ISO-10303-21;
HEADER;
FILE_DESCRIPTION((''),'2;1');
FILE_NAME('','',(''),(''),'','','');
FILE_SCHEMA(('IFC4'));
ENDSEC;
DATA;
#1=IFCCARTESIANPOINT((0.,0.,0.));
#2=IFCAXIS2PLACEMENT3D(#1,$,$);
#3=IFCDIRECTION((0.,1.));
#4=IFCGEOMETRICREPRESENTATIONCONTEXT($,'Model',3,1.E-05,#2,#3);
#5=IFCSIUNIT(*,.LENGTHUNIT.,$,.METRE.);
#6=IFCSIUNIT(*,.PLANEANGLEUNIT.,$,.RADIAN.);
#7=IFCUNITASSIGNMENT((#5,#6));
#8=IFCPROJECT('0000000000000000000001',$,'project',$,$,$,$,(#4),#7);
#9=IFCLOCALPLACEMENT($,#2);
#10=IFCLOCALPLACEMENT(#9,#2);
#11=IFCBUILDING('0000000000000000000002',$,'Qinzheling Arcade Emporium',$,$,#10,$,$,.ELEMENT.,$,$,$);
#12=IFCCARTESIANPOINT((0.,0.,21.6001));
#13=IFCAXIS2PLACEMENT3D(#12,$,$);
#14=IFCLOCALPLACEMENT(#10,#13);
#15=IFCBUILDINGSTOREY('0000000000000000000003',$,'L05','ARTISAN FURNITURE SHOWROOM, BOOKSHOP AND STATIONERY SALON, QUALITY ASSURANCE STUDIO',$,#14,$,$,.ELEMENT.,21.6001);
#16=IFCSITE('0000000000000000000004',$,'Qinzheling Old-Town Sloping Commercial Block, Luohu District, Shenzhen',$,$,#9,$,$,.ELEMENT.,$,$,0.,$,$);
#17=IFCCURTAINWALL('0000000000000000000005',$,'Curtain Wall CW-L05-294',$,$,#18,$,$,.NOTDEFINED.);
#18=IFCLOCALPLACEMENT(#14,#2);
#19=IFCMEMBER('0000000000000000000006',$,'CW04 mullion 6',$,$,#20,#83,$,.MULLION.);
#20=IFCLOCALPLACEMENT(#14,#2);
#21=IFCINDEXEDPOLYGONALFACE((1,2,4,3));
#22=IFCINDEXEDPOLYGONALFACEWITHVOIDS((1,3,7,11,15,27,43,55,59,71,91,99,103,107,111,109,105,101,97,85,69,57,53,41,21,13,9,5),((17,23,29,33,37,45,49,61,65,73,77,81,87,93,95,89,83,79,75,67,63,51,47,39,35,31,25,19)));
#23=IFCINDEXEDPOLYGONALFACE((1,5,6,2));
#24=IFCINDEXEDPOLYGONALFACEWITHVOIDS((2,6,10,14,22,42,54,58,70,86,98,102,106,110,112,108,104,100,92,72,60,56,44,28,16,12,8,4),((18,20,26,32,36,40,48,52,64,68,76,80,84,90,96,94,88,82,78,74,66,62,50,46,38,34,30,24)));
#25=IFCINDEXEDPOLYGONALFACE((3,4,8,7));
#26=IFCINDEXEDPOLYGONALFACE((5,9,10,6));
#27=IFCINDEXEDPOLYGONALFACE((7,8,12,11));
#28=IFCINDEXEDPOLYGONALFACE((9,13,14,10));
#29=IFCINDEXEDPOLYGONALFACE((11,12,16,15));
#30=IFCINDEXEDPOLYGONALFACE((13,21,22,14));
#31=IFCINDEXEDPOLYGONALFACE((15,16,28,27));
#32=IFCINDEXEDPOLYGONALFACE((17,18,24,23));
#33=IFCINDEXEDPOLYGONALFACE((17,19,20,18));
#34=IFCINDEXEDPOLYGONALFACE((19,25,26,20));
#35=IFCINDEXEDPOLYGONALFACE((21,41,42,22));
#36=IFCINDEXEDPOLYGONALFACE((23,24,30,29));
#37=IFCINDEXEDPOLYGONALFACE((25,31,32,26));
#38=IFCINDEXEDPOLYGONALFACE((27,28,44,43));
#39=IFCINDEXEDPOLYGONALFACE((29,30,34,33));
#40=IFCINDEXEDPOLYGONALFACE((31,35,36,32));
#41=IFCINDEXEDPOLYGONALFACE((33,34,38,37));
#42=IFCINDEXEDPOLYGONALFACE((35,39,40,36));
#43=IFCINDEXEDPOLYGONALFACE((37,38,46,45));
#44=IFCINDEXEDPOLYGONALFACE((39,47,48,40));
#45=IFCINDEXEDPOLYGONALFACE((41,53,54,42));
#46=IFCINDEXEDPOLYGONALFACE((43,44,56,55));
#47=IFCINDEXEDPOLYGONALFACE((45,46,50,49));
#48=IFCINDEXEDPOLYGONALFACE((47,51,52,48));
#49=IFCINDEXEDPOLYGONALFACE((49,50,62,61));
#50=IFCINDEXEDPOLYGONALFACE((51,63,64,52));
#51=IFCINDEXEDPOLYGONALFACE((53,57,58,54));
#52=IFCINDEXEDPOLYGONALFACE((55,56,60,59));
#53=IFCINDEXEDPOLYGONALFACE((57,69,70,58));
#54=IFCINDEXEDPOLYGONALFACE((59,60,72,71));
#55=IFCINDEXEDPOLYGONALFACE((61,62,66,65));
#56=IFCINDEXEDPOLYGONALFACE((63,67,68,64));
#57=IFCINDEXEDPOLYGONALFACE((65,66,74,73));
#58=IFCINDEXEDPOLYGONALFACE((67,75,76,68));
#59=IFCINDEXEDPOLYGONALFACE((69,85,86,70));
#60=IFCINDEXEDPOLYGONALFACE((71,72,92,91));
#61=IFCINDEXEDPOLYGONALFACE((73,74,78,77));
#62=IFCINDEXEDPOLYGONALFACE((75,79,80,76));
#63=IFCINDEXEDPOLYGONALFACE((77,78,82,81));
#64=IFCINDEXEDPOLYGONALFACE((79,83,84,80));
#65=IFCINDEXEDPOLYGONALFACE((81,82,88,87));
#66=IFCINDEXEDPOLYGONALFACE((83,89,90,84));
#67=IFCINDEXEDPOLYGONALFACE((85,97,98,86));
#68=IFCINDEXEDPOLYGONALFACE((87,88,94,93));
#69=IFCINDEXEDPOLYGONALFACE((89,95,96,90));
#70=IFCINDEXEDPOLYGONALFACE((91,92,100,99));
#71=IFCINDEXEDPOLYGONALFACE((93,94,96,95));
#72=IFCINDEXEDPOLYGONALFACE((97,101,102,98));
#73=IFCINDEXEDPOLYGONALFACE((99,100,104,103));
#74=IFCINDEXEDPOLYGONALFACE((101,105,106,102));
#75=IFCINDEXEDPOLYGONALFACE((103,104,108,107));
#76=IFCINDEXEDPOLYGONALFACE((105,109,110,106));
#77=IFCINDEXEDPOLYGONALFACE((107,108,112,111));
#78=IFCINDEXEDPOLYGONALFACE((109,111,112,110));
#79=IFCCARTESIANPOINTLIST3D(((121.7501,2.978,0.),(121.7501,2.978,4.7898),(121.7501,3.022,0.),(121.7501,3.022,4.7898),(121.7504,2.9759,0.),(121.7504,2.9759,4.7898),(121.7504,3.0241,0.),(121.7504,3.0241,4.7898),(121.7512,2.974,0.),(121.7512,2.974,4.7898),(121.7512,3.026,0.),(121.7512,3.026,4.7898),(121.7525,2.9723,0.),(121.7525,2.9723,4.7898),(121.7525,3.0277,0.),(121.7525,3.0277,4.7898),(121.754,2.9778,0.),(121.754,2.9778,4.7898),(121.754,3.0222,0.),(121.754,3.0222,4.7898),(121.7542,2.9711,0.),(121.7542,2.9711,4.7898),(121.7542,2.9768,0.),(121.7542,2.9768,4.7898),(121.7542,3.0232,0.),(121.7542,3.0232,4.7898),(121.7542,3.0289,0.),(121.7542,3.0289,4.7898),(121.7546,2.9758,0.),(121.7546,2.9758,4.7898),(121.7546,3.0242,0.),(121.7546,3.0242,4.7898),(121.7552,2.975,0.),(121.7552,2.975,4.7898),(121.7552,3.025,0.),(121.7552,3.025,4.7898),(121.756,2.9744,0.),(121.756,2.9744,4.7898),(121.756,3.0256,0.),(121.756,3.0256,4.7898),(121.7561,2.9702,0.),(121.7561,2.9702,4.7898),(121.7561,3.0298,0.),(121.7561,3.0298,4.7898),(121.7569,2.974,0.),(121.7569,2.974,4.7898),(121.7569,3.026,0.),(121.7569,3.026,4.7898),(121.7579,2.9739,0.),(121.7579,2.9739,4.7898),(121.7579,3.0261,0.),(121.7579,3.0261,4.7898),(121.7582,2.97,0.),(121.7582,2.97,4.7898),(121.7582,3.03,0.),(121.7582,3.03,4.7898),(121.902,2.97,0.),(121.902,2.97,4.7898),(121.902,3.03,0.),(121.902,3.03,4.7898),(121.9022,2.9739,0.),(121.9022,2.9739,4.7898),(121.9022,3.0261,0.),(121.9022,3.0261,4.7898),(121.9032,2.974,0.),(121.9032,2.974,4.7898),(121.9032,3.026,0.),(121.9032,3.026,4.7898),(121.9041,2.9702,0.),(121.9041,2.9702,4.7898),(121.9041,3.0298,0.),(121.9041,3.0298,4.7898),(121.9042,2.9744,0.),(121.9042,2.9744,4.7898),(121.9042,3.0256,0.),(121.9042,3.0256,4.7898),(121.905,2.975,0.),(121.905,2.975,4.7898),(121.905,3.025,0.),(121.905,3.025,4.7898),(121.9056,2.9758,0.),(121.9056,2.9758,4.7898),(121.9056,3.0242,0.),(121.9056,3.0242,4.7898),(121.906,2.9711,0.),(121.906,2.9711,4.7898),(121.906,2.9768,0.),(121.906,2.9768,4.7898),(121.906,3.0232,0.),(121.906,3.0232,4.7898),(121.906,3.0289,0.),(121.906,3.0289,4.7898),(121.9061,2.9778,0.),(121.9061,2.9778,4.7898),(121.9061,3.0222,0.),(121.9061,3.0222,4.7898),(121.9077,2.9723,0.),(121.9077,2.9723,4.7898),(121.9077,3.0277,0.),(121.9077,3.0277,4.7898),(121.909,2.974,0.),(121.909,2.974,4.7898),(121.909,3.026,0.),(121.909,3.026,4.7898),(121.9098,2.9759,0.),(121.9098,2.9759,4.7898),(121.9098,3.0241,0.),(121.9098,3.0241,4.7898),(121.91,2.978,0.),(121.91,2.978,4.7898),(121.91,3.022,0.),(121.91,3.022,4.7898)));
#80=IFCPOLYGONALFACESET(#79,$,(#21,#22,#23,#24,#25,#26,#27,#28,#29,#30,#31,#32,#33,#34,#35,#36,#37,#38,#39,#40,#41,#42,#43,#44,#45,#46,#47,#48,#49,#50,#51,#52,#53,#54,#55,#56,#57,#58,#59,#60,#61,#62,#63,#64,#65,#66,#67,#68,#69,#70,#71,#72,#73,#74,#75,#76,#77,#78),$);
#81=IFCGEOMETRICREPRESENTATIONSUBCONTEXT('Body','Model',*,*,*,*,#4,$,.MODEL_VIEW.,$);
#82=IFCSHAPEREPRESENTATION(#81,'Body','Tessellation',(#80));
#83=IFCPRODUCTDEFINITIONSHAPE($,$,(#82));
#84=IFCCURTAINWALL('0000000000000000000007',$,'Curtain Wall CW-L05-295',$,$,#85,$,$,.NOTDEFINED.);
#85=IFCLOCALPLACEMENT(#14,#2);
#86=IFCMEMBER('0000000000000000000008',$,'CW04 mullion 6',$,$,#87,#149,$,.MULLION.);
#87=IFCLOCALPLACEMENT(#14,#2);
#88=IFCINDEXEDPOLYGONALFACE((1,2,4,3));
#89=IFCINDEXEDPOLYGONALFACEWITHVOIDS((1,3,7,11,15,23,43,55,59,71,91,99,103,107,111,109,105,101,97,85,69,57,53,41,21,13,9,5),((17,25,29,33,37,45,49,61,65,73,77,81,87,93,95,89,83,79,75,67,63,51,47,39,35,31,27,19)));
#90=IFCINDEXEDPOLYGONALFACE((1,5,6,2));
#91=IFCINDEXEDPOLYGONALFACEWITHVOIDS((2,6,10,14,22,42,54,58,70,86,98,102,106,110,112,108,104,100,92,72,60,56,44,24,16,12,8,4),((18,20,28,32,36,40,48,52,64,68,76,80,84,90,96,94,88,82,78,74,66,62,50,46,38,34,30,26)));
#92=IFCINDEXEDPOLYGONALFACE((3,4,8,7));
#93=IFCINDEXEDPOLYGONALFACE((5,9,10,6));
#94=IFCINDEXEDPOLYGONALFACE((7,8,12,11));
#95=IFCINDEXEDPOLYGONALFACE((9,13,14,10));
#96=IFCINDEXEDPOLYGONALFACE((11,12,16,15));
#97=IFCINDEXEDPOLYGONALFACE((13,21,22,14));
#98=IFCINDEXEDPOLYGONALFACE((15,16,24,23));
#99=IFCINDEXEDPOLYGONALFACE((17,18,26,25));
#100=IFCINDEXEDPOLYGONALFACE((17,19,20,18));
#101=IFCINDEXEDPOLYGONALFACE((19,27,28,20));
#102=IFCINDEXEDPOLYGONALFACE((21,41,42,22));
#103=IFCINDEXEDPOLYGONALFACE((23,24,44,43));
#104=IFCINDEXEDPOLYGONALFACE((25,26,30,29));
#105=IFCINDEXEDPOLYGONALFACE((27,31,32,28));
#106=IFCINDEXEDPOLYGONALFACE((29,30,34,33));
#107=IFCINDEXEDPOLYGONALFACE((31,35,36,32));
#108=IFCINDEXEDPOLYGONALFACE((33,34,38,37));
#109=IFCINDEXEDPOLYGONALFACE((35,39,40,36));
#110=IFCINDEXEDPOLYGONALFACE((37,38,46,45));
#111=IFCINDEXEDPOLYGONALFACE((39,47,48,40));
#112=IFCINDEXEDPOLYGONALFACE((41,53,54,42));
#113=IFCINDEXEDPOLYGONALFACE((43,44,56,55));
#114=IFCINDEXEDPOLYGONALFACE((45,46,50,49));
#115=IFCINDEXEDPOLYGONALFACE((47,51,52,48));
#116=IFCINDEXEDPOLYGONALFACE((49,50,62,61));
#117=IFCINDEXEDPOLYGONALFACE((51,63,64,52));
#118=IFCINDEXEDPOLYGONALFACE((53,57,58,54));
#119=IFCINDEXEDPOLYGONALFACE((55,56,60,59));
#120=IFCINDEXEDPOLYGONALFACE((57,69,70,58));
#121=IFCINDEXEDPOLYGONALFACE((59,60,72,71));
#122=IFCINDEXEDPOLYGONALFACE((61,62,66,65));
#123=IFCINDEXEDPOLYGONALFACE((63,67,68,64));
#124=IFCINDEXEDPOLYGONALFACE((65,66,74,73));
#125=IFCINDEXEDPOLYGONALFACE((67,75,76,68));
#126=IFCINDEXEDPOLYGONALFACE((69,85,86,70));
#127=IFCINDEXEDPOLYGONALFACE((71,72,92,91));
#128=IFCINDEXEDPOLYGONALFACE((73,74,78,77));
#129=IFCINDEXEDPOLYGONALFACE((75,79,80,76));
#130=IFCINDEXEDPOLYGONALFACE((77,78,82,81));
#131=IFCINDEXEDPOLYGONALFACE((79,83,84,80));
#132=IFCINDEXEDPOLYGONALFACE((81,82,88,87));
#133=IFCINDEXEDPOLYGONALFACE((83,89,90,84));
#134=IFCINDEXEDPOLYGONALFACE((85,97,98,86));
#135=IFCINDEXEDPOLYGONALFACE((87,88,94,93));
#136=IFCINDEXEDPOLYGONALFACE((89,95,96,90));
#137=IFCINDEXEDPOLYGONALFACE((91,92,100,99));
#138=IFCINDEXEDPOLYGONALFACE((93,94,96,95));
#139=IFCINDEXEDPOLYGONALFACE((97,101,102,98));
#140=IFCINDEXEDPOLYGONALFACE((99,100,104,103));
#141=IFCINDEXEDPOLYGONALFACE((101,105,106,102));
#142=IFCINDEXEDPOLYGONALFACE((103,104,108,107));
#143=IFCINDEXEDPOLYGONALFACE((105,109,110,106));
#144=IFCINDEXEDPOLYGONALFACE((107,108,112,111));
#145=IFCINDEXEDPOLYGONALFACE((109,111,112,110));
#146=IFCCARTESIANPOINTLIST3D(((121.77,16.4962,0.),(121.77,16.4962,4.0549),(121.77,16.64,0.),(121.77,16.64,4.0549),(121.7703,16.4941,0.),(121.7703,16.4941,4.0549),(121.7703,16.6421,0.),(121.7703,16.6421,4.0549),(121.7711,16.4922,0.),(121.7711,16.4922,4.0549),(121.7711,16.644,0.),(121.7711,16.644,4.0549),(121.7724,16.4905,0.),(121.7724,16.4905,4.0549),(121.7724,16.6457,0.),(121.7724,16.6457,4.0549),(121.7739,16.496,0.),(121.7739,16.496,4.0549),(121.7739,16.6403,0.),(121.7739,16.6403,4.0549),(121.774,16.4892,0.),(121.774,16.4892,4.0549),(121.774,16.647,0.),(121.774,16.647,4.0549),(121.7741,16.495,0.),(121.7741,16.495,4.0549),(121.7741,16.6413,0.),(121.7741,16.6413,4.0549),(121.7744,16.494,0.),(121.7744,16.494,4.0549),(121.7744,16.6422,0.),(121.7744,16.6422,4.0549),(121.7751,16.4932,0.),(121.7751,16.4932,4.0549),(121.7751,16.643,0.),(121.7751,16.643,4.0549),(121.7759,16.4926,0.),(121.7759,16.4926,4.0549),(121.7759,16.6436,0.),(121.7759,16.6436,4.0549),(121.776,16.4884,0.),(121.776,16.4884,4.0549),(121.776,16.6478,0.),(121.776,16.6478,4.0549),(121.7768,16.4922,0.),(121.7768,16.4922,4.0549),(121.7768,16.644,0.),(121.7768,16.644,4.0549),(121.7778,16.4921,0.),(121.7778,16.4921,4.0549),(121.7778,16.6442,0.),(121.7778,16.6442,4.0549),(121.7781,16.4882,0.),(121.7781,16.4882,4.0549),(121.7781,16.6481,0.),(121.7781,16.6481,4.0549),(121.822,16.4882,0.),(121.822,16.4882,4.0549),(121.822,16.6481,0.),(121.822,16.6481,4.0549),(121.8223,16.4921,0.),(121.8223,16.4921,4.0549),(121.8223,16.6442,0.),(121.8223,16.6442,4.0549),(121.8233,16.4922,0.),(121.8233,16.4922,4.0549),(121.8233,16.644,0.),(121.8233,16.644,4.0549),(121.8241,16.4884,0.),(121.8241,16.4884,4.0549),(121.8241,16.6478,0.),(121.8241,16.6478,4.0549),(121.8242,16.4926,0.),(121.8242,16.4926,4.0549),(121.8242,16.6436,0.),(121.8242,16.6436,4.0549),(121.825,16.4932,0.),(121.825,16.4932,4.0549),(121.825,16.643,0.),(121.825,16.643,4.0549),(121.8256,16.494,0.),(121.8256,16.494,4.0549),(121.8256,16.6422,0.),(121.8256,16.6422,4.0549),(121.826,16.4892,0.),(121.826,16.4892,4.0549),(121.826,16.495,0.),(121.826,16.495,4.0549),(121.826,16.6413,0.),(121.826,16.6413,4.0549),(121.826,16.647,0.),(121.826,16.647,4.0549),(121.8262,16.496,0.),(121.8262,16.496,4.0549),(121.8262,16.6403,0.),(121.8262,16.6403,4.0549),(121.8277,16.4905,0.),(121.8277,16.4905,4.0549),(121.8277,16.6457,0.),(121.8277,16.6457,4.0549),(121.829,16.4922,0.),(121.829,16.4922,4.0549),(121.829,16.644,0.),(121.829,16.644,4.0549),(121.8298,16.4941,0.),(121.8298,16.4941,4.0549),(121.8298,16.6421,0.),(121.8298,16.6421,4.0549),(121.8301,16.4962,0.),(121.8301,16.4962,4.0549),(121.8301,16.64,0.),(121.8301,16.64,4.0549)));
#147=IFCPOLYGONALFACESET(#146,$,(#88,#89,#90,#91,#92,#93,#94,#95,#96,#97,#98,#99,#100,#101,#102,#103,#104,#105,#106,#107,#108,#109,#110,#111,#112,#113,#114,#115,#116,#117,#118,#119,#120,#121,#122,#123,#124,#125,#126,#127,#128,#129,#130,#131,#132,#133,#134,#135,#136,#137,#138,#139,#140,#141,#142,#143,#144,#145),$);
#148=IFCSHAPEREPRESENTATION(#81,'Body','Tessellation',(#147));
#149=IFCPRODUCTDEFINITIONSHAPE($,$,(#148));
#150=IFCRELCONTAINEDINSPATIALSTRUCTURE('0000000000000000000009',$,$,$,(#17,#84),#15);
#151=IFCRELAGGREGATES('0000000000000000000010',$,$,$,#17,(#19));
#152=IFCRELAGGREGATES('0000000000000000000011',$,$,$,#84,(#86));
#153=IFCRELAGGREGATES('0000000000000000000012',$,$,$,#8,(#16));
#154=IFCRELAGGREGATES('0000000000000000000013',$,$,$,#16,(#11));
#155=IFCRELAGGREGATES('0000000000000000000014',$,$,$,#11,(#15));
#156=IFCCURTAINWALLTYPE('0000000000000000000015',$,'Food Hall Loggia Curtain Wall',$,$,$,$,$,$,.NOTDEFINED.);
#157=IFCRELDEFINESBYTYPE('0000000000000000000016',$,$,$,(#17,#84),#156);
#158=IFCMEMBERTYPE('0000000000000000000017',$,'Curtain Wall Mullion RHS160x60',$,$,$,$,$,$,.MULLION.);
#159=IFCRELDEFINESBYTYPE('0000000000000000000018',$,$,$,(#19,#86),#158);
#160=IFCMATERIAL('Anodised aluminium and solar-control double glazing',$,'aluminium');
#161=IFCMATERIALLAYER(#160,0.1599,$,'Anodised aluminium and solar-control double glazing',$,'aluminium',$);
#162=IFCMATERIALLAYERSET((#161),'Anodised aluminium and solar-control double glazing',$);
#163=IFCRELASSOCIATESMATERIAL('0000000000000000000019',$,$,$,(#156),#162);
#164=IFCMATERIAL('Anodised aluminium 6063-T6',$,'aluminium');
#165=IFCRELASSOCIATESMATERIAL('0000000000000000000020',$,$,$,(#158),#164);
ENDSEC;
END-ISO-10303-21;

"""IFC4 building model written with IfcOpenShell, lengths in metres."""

from ifc_helpers import new_model, si_unit, direction, frame, origin, origin_2d, place, context, subcontext, project, spatial, hollow_rectangle, extrude, material, layer, layer_set, material_profile, profile_set, type_object, element, aggregate, save


model = new_model("IFC4")

# Units and contexts
model_context = context("Model", 3, precision=1e-05, world=origin(), true_north=direction((0.0, 1.0)))
body_context = subcontext(model_context, "Body", "Model", "MODEL_VIEW")
ifc_project = project(units=[si_unit("LENGTHUNIT", "METRE"), si_unit("PLANEANGLEUNIT", "RADIAN")], contexts=[model_context])

# Site, building, storey
site_placement = place(None, origin())
site = spatial("IfcSite", under=ifc_project, at=site_placement, Name="Qinzheling Old-Town Sloping Commercial Block, Luohu District, Shenzhen", CompositionType="ELEMENT", RefElevation=0.0)
building_placement = place(site_placement, origin())
building = spatial("IfcBuilding", under=site, at=building_placement, Name="Qinzheling Arcade Emporium", CompositionType="ELEMENT")
storey_placement = place(building_placement, frame((0.0, 0.0, 21.6001)))
storey = spatial("IfcBuildingStorey", under=building, at=storey_placement, Name="L05", Description="ARTISAN FURNITURE SHOWROOM, BOOKSHOP AND STATIONERY SALON, QUALITY ASSURANCE STUDIO", CompositionType="ELEMENT", Elevation=21.6001)

# Curtain wall, member
ifc_material_1 = material(Name="Anodised aluminium and solar-control double glazing", Category="aluminium")
ifc_layer_1 = layer(ifc_material_1, 0.1599, Name="Anodised aluminium and solar-control double glazing", Category="aluminium")
ifc_layer_set_1 = layer_set([ifc_layer_1], Name="Anodised aluminium and solar-control double glazing")
curtain_wall_type = type_object("IfcCurtainWallType", Name="Food Hall Loggia Curtain Wall", PredefinedType="NOTDEFINED", material=ifc_layer_set_1)
curtain_wall_1_placement = place(storey_placement, origin())
curtain_wall_1 = element("IfcCurtainWall", 1, at=curtain_wall_1_placement, inside=storey, type_object=curtain_wall_type, Name="Curtain Wall CW-L05-294", PredefinedType="NOTDEFINED")
ifc_material_2 = material(Name="Anodised aluminium 6063-T6", Category="aluminium")
ifc_material_profile_1 = material_profile(ifc_material_2, hollow_rectangle(XDim=0.0601, YDim=0.1599, WallThickness=0.0039, InnerFilletRadius=0.0039, OuterFilletRadius=0.0081, at=origin_2d()), Name="RHS 160x60x4", Category="aluminium")
ifc_profile_set_1 = profile_set([ifc_material_profile_1], Name="Anodised aluminium 6063-T6")
member_type_1 = type_object("IfcMemberType", Name="Curtain Wall Mullion RHS160x60", PredefinedType="MULLION", material=ifc_profile_set_1)
member_1_placement = place(storey_placement, frame((121.8301, 3.0, 0.0), z_axis=(0.0, 0.0, 1.0), x_axis=(0.0, -1.0, 0.0)))
member_1 = element("IfcMember", 2, at=member_1_placement, type_object=member_type_1, Name="CW04 mullion 6", PredefinedType="MULLION", context=body_context, shape_type="SweptSolid", body=[
    extrude(hollow_rectangle(XDim=0.0601, YDim=0.1599, WallThickness=0.0039, InnerFilletRadius=0.0039, OuterFilletRadius=0.0081, at=origin_2d()), origin(), (0.0, 0.0, 1.0), 4.7898),
])

# Curtain wall, member
curtain_wall_2_placement = place(storey_placement, origin())
curtain_wall_2 = element("IfcCurtainWall", 3, at=curtain_wall_2_placement, inside=storey, type_object=curtain_wall_type, Name="Curtain Wall CW-L05-295", PredefinedType="NOTDEFINED")
member_2_placement = place(storey_placement, frame((121.8, 16.5681, 0.0), z_axis=(0.0, 0.0, 1.0), x_axis=(-1.0, 0.0, 0.0)))
member_2 = element("IfcMember", 4, at=member_2_placement, type_object=member_type_1, Name="CW04 mullion 6", PredefinedType="MULLION", context=body_context, shape_type="SweptSolid", body=[
    extrude(hollow_rectangle(XDim=0.0601, YDim=0.1599, WallThickness=0.0039, InnerFilletRadius=0.0039, OuterFilletRadius=0.0081, at=origin_2d()), origin(), (0.0, 0.0, 1.0), 4.0549),
])

aggregate(curtain_wall_1, [member_1])
aggregate(curtain_wall_2, [member_2])

save(model, "model.ifc")
